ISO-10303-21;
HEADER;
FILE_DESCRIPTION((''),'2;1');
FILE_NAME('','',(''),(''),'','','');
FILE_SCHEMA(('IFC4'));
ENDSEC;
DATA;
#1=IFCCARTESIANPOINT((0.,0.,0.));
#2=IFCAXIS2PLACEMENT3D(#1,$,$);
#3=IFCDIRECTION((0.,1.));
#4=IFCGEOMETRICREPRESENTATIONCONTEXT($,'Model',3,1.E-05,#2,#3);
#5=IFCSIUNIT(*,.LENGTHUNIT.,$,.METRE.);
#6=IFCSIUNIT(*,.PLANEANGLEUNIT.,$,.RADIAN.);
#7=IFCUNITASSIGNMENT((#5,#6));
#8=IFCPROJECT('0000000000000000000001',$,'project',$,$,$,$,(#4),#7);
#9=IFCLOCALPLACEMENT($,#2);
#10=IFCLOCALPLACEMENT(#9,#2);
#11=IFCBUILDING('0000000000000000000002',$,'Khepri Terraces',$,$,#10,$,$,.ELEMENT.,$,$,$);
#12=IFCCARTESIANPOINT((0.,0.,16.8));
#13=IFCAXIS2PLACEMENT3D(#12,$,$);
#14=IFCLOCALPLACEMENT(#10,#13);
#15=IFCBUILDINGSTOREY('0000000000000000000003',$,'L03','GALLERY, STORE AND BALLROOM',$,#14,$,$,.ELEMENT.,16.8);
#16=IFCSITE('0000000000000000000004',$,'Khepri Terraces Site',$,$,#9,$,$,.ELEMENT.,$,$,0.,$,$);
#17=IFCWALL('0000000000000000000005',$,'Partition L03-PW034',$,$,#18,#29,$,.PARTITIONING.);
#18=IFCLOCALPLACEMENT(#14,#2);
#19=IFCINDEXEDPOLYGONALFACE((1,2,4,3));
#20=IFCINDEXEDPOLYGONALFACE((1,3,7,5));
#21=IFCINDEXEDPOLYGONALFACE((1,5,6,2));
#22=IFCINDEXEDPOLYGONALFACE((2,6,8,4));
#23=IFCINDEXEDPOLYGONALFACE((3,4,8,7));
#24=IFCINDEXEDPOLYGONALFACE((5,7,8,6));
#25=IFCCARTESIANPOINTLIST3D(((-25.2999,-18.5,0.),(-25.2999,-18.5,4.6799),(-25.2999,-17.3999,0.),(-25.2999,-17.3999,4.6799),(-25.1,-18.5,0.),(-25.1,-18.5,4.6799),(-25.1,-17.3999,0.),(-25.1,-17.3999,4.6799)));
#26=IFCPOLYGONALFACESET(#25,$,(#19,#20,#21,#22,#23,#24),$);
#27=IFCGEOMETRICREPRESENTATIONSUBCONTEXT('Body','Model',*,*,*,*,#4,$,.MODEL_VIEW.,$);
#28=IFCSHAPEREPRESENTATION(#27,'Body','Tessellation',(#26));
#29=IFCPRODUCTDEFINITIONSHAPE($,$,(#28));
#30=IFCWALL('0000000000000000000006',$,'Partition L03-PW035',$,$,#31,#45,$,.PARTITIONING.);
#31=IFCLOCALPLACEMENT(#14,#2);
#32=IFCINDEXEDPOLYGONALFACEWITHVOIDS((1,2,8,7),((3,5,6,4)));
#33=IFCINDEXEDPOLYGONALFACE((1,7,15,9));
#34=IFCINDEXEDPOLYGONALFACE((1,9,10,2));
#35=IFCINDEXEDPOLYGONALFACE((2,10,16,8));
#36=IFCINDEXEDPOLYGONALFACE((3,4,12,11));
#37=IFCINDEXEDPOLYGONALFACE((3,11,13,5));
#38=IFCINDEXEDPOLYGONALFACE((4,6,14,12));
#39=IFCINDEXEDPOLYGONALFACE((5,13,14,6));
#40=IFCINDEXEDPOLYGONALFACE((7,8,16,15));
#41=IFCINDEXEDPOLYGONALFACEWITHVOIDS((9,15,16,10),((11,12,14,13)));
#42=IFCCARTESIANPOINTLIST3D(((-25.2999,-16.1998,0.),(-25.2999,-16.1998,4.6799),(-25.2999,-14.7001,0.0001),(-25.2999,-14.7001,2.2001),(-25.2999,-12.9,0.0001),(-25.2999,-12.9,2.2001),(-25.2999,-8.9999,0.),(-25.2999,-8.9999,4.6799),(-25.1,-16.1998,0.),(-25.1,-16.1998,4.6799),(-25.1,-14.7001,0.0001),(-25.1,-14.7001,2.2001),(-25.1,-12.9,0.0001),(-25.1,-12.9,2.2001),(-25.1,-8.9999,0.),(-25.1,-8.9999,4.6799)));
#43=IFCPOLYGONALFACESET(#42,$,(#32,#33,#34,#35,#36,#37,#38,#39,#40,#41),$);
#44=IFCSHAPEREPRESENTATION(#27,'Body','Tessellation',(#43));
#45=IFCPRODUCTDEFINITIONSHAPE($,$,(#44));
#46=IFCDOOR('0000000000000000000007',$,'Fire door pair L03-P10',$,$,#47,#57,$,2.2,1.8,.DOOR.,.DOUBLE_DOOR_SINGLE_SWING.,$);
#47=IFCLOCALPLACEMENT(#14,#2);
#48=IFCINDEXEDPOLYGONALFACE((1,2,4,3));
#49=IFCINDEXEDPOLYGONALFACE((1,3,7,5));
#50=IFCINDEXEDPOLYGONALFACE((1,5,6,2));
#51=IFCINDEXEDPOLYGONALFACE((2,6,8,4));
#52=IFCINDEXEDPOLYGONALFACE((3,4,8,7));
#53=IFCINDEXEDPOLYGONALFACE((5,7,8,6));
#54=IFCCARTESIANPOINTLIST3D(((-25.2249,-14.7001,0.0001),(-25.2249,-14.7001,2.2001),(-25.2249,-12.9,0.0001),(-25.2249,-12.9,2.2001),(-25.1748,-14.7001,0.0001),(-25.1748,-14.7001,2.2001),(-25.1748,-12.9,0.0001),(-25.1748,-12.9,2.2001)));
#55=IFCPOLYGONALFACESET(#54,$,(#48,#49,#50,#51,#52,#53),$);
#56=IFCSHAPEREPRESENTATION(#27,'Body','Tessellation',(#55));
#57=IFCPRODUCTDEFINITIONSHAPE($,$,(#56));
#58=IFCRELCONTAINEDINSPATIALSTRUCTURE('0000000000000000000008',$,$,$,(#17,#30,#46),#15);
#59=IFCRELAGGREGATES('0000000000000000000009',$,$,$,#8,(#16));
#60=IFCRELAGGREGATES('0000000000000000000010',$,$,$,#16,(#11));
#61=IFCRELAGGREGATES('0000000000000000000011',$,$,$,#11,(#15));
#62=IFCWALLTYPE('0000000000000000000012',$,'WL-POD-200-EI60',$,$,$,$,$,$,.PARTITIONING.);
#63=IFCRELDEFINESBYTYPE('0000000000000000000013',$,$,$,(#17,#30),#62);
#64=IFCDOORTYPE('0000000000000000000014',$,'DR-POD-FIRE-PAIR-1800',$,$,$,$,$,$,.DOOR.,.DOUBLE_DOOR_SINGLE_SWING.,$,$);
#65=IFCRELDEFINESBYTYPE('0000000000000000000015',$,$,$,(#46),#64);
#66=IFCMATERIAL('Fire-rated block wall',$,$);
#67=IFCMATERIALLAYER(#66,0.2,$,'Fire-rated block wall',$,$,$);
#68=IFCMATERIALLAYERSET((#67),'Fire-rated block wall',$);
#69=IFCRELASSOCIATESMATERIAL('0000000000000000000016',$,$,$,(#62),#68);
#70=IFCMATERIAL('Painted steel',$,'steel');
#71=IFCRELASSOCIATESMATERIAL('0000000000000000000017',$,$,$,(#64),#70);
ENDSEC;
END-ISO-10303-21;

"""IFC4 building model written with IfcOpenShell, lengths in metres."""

from ifc_helpers import new_model, si_unit, direction, frame, frame_2d, origin, place, context, subcontext, project, spatial, rectangle, extrude, material, layer, layer_set, type_object, element, fill, save


model = new_model("IFC4")

# Units and contexts
model_context = context("Model", 3, precision=1e-05, world=origin(), true_north=direction((0.0, 1.0)))
body_context = subcontext(model_context, "Body", "Model", "MODEL_VIEW")
ifc_project = project(units=[si_unit("LENGTHUNIT", "METRE"), si_unit("PLANEANGLEUNIT", "RADIAN")], contexts=[model_context])

# Site, building, storey
site_placement = place(None, origin())
site = spatial("IfcSite", under=ifc_project, at=site_placement, Name="Khepri Terraces Site", CompositionType="ELEMENT", RefElevation=0.0)
building_placement = place(site_placement, origin())
building = spatial("IfcBuilding", under=site, at=building_placement, Name="Khepri Terraces", CompositionType="ELEMENT")
storey_placement = place(building_placement, frame((0.0, 0.0, 16.8)))
storey = spatial("IfcBuildingStorey", under=building, at=storey_placement, Name="L03", Description="GALLERY, STORE AND BALLROOM", CompositionType="ELEMENT", Elevation=16.8)

# Wall
ifc_material_1 = material(Name="Fire-rated block wall")
ifc_layer_1 = layer(ifc_material_1, 0.2, Name="Fire-rated block wall")
ifc_layer_set_1 = layer_set([ifc_layer_1], Name="Fire-rated block wall")
wall_type_1 = type_object("IfcWallType", Name="WL-POD-200-EI60", PredefinedType="PARTITIONING", material=ifc_layer_set_1)
wall_1_placement = place(storey_placement, frame((-25.2, -18.5, 0.0), z_axis=(0.0, 0.0, 1.0), x_axis=(0.0, 1.0, 0.0)))
element("IfcWall", 1, at=wall_1_placement, inside=storey, type_object=wall_type_1, Name="Partition L03-PW034", PredefinedType="PARTITIONING", context=body_context, shape_type="SweptSolid", body=[
    extrude(rectangle(XDim=1.1001, YDim=0.2, at=frame_2d((0.55, 0.0))), origin(), (0.0, 0.0, 1.0), 4.6799),
])

# Wall, opening, door
wall_2_placement = place(storey_placement, frame((-25.2, -16.2, 0.0), z_axis=(0.0, 0.0, 1.0), x_axis=(0.0, 1.0, 0.0)))
wall_2 = element("IfcWall", 2, at=wall_2_placement, inside=storey, type_object=wall_type_1, Name="Partition L03-PW035", PredefinedType="PARTITIONING", context=body_context, shape_type="SweptSolid", body=[
    extrude(rectangle(XDim=7.2, YDim=0.2, at=frame_2d((3.6001, 0.0))), origin(), (0.0, 0.0, 1.0), 4.6799),
])
opening_1_placement = place(wall_2_placement, frame((1.5, 0.0, 0.0)))
opening_1 = element("IfcOpeningElement", 3, at=opening_1_placement, cuts=wall_2, PredefinedType="OPENING", context=body_context, shape_type="SweptSolid", body=[
    extrude(rectangle(XDim=1.8, YDim=2.2, at=frame_2d((0.8999, 1.1001))), frame((0.0, 0.1099, 0.0), z_axis=(0.0, -1.0, 0.0), x_axis=(1.0, 0.0, 0.0)), (0.0, 0.0, 1.0), 0.22),
])
ifc_material_2 = material(Name="Painted steel", Category="steel")
door_type_1 = type_object("IfcDoorType", Name="DR-POD-FIRE-PAIR-1800", OperationType="DOUBLE_DOOR_SINGLE_SWING", PredefinedType="DOOR", material=ifc_material_2)
door_1_placement = place(opening_1_placement, origin())
door_1 = element("IfcDoor", 4, at=door_1_placement, inside=storey, type_object=door_type_1, Name="Fire door pair L03-P10", OperationType="DOUBLE_DOOR_SINGLE_SWING", OverallHeight=2.2, OverallWidth=1.8, PredefinedType="DOOR", context=body_context, shape_type="SweptSolid", body=[
    extrude(rectangle(XDim=1.8, YDim=2.2, at=frame_2d((0.8999, 1.1001))), frame((0.0, 0.0249, 0.0), z_axis=(0.0, -1.0, 0.0), x_axis=(1.0, 0.0, 0.0)), (0.0, 0.0, 1.0), 0.05),
])
fill(opening_1, door_1)

save(model, "model.ifc")
